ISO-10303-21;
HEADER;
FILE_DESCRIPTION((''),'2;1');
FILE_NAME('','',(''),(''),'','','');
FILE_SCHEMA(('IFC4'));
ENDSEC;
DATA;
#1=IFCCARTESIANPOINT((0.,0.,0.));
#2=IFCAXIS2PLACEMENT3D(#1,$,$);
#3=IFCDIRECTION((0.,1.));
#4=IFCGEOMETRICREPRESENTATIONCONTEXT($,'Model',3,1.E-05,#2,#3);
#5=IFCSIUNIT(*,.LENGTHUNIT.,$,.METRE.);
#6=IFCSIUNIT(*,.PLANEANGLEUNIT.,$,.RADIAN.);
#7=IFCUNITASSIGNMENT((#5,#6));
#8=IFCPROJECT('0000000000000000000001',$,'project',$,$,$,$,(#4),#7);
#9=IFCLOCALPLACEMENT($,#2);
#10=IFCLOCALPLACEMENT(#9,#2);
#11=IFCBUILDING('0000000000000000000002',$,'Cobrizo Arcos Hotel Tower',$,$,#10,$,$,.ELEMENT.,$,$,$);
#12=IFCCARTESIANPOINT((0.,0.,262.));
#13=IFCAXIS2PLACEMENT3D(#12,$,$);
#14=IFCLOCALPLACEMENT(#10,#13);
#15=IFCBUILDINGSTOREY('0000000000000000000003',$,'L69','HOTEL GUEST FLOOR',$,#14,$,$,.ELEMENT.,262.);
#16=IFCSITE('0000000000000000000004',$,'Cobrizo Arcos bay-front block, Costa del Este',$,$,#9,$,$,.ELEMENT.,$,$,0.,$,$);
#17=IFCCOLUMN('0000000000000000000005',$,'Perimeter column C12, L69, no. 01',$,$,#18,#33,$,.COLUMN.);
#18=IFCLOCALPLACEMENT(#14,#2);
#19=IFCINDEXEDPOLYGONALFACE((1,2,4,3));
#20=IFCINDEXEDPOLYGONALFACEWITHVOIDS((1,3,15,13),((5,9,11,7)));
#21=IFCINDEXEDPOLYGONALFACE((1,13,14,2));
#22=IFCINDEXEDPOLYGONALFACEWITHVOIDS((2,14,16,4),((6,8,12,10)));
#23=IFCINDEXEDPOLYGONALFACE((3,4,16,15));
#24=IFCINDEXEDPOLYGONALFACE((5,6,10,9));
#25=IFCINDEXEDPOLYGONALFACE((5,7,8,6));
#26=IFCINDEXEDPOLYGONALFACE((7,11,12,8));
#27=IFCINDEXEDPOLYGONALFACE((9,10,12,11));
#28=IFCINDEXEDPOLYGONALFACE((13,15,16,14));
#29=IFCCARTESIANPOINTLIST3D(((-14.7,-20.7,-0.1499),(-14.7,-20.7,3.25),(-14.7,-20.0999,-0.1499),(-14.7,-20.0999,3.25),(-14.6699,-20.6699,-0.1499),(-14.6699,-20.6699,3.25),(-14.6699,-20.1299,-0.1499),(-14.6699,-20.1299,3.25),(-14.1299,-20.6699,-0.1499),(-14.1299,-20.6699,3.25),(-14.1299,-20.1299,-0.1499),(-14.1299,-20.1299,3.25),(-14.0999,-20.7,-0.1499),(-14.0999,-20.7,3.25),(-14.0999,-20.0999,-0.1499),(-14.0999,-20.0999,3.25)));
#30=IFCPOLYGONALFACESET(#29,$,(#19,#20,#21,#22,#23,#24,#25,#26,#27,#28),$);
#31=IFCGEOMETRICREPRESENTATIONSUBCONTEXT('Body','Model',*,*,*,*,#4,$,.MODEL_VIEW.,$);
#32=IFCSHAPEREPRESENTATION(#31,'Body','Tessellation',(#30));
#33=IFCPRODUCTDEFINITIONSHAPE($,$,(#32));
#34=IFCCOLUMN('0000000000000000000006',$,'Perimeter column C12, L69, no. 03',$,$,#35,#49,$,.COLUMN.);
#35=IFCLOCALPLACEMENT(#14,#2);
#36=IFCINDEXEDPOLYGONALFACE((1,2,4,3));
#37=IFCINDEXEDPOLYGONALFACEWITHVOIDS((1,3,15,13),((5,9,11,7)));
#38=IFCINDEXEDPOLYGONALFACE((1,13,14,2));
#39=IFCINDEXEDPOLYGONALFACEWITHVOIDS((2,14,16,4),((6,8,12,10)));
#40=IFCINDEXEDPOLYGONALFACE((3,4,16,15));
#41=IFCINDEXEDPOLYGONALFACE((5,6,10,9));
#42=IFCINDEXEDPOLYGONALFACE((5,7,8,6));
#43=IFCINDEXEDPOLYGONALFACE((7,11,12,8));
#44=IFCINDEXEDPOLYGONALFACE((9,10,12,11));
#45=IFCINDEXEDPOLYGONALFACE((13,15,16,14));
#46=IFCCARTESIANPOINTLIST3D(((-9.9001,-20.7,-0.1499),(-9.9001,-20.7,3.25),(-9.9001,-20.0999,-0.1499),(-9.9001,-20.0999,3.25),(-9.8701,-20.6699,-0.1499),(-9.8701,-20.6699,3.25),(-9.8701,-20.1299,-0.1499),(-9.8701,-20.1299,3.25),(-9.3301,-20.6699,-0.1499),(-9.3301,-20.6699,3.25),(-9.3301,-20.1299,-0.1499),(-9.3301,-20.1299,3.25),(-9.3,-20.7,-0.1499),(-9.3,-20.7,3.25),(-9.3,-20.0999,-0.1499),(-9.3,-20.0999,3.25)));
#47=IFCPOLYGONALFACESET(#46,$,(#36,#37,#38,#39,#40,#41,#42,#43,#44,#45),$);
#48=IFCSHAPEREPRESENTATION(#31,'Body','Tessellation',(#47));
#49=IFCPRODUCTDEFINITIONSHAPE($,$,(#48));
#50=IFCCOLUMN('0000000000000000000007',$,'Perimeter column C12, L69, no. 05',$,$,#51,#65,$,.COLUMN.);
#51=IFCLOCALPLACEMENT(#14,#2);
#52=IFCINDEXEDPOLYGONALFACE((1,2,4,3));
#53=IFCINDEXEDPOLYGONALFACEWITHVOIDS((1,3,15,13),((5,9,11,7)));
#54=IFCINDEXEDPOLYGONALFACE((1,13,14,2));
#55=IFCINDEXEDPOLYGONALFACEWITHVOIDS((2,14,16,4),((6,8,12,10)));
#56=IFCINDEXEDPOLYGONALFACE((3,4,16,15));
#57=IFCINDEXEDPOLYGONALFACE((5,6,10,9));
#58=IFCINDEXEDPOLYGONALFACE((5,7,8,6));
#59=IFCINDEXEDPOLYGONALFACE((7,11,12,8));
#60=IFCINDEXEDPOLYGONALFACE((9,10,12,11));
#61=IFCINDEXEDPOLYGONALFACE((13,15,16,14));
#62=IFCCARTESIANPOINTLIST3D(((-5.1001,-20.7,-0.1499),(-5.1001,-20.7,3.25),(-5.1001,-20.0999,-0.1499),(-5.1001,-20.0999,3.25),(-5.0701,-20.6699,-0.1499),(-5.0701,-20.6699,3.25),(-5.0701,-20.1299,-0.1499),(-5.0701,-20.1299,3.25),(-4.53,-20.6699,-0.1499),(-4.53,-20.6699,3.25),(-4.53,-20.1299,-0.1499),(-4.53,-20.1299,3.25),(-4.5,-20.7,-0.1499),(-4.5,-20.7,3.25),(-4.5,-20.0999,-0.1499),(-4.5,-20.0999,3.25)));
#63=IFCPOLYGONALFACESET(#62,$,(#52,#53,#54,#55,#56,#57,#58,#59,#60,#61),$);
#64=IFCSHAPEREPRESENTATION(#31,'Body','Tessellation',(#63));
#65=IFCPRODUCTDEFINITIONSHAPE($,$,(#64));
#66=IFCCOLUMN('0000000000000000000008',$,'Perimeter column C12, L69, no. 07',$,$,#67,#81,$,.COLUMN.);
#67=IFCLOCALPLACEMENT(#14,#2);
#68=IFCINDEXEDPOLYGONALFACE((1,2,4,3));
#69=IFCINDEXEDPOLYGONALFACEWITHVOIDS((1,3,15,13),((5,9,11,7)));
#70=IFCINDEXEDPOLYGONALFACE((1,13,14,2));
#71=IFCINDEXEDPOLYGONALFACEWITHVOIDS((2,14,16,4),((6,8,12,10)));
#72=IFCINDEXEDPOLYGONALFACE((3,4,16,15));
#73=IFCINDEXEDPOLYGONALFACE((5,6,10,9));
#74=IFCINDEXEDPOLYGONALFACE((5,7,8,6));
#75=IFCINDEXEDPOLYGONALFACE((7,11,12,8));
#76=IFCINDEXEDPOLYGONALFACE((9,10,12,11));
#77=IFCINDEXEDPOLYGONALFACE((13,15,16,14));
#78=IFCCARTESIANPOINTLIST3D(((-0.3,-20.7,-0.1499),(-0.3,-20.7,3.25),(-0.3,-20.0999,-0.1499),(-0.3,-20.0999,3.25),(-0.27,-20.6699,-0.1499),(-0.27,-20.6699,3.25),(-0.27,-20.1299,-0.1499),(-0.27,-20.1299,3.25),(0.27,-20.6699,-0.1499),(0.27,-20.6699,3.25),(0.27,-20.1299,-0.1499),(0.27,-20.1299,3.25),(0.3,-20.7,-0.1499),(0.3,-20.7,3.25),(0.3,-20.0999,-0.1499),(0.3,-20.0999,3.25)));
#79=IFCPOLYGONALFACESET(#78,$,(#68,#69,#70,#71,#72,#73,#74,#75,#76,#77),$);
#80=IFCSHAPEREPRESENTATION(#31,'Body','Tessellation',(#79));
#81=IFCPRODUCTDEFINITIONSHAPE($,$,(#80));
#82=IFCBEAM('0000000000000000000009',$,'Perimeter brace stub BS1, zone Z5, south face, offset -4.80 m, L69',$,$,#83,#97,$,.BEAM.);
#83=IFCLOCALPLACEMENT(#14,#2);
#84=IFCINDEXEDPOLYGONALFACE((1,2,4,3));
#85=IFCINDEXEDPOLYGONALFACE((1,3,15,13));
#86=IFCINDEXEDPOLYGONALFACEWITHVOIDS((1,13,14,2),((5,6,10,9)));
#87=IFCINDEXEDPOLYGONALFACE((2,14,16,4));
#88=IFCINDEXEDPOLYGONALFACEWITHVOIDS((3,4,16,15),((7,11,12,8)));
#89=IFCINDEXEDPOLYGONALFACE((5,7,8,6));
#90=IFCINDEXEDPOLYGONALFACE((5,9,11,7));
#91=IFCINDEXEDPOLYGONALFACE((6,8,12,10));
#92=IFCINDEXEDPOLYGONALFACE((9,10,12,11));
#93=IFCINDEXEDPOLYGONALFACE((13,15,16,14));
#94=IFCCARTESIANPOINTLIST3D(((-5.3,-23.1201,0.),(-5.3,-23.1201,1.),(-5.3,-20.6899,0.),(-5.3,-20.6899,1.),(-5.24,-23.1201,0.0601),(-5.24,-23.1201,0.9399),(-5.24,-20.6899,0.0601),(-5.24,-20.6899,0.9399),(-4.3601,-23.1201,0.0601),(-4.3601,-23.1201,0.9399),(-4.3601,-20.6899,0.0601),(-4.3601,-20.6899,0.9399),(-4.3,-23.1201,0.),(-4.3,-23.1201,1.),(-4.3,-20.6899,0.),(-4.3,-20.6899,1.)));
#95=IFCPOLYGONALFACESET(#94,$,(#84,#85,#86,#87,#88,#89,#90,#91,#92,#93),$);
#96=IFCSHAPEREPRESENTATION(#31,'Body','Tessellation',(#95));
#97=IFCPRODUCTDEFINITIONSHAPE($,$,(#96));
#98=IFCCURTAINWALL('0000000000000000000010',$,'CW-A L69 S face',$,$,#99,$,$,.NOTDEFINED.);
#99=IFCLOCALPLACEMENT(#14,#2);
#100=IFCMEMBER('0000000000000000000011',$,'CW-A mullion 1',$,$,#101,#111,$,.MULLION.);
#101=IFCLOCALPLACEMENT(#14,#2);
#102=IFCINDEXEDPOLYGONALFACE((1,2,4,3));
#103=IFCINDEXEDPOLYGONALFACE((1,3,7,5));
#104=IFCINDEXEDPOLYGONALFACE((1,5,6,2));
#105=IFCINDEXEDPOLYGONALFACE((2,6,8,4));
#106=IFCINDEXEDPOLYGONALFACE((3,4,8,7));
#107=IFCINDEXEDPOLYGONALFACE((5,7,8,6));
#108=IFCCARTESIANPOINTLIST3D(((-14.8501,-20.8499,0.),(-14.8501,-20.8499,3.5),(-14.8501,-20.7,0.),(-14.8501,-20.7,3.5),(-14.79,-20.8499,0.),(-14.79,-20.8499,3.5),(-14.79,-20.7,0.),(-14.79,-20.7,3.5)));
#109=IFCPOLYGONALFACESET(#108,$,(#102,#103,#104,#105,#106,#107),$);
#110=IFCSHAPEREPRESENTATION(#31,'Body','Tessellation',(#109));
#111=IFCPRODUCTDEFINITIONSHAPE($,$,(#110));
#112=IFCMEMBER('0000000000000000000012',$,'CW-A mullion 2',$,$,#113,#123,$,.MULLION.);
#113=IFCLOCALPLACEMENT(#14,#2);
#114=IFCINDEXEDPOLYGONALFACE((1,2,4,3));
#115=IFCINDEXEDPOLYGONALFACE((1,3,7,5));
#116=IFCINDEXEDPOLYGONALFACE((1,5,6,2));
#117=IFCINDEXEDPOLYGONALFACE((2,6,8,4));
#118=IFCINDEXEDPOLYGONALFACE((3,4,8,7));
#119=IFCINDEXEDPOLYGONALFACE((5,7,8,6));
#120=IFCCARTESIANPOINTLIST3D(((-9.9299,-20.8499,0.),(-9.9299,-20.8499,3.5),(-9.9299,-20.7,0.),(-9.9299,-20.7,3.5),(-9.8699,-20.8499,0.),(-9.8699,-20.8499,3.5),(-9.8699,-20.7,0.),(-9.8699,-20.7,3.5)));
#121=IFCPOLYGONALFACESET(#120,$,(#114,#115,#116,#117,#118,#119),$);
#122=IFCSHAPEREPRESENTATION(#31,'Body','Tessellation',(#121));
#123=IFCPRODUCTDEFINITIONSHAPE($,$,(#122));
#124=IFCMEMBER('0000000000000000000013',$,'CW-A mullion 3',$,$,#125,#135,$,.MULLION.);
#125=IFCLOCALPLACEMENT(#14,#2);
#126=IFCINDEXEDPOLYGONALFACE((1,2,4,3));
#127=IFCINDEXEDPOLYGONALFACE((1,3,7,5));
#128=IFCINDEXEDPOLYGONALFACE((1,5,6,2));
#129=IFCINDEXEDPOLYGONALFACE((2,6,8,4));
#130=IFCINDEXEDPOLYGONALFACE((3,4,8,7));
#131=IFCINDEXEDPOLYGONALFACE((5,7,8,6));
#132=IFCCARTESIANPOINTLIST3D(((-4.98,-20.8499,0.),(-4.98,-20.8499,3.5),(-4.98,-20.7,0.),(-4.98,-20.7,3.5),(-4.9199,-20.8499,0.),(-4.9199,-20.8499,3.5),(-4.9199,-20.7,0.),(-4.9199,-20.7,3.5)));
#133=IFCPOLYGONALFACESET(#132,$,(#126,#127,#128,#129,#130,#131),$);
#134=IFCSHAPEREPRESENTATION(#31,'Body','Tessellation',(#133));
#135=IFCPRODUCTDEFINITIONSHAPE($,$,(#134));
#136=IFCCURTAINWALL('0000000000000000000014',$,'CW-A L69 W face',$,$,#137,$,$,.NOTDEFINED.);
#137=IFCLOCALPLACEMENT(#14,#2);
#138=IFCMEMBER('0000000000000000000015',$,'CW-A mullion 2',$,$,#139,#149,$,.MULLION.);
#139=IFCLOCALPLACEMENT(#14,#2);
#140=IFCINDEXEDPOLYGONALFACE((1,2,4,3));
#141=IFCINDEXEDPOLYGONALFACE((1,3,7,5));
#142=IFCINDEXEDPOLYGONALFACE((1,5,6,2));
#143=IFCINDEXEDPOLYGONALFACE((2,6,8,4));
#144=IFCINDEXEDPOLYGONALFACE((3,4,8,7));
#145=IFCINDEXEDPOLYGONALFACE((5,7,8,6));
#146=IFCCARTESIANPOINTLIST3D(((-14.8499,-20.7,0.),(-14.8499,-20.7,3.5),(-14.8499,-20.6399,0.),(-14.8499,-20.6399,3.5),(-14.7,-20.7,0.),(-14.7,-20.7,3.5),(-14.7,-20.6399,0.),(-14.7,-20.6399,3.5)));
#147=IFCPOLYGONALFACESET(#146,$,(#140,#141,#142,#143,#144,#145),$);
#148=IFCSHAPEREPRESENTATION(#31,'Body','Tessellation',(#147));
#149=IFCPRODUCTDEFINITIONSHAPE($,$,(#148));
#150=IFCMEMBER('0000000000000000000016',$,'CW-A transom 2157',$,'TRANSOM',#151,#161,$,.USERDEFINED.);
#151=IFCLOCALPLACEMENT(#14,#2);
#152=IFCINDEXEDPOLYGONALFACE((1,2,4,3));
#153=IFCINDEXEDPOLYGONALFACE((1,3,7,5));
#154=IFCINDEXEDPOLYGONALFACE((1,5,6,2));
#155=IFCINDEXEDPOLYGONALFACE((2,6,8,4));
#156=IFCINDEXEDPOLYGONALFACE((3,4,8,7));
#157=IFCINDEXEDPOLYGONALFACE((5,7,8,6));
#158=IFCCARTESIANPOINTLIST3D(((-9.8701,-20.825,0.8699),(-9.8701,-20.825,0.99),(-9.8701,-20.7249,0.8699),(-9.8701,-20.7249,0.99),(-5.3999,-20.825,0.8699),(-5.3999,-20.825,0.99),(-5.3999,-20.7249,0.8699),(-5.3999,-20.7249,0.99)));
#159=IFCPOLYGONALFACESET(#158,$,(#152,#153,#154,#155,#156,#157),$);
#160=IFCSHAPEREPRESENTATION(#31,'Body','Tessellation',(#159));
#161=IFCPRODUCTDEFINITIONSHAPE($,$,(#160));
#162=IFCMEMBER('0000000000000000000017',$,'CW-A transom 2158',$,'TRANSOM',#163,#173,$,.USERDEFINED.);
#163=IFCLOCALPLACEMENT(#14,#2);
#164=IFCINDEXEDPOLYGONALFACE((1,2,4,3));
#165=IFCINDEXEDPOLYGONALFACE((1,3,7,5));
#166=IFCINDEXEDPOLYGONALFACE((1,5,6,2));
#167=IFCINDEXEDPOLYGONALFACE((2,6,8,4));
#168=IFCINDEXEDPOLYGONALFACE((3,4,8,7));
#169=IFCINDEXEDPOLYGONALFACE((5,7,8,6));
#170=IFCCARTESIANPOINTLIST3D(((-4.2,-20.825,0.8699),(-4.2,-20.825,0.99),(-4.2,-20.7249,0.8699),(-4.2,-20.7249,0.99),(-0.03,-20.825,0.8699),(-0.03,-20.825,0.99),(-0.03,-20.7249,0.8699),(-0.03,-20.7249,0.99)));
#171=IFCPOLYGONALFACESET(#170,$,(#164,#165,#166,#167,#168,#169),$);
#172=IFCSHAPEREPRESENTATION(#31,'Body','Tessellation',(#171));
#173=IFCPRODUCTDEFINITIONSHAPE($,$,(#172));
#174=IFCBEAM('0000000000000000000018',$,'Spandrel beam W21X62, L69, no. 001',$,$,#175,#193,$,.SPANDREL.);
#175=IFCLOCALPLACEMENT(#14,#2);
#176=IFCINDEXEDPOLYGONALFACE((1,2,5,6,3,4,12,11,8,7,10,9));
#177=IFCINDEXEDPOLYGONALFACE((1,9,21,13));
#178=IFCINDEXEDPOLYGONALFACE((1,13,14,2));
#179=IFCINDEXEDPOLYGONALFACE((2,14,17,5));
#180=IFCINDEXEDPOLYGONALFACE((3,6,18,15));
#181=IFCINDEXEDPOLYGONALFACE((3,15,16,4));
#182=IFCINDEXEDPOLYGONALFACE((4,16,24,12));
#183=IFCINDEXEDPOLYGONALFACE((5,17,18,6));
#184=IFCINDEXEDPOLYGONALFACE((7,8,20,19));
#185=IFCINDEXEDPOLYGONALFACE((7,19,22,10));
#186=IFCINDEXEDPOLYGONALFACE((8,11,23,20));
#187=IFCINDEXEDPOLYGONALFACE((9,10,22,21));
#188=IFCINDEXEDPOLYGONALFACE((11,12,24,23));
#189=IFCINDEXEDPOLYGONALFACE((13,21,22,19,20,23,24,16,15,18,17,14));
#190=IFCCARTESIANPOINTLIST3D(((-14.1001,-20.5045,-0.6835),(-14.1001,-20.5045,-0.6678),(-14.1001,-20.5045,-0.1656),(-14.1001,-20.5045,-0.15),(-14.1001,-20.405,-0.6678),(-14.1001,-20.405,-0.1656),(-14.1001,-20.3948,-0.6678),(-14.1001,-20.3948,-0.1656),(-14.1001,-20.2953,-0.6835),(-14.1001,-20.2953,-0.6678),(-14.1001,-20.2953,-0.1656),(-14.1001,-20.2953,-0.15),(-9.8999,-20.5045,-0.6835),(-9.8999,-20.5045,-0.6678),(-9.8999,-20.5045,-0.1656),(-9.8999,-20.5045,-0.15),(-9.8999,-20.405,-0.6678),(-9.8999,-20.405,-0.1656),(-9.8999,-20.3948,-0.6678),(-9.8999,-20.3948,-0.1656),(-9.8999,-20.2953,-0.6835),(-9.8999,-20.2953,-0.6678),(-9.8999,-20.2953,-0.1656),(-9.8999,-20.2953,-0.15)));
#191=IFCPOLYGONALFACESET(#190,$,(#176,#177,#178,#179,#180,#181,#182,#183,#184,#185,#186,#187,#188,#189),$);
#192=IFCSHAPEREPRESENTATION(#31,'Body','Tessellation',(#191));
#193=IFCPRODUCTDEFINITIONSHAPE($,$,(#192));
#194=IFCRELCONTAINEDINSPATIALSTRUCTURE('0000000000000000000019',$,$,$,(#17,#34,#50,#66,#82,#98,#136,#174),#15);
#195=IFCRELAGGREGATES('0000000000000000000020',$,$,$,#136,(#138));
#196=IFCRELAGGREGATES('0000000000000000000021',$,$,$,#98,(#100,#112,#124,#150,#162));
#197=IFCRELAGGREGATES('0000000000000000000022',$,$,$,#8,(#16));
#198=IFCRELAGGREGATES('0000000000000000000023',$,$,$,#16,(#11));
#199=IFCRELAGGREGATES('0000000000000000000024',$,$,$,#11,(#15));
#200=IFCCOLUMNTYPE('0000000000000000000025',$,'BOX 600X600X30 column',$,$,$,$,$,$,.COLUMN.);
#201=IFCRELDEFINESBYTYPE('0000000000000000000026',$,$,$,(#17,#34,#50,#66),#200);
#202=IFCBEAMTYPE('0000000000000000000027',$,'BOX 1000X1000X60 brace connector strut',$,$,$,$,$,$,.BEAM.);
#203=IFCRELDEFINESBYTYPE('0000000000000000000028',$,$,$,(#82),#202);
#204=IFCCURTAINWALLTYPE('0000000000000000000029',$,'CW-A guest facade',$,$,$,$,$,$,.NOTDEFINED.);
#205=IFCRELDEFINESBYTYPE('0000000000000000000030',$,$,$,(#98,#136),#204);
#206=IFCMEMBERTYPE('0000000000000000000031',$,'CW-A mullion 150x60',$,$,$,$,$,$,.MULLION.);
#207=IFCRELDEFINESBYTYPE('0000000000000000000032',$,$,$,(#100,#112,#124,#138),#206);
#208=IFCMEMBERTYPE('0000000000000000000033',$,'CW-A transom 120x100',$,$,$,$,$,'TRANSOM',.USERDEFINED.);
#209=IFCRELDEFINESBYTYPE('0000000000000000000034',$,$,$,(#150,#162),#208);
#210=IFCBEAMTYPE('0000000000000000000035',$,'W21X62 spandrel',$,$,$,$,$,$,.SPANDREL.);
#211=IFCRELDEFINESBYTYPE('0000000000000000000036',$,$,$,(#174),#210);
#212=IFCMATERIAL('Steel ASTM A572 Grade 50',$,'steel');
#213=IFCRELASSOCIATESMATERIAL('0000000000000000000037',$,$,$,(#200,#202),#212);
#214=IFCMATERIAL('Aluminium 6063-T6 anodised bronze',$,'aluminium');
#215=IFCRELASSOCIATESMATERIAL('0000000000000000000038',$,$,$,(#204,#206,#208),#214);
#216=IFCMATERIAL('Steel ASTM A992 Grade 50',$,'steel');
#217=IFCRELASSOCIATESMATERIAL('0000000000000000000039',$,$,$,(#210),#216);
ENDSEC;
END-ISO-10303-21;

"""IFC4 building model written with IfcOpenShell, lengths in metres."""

from ifc_helpers import new_model, si_unit, direction, frame, origin, origin_2d, place, context, subcontext, project, spatial, rectangle, hollow_rectangle, i_section, extrude, material, material_profile, profile_set, type_object, element, aggregate, save


model = new_model("IFC4")

# Units and contexts
model_context = context("Model", 3, precision=1e-05, world=origin(), true_north=direction((0.0, 1.0)))
body_context = subcontext(model_context, "Body", "Model", "MODEL_VIEW")
ifc_project = project(units=[si_unit("LENGTHUNIT", "METRE"), si_unit("PLANEANGLEUNIT", "RADIAN")], contexts=[model_context])

# Site, building, storey
site_placement = place(None, origin())
site = spatial("IfcSite", under=ifc_project, at=site_placement, Name="Cobrizo Arcos bay-front block, Costa del Este", CompositionType="ELEMENT", RefElevation=0.0)
building_placement = place(site_placement, origin())
building = spatial("IfcBuilding", under=site, at=building_placement, Name="Cobrizo Arcos Hotel Tower", CompositionType="ELEMENT")
storey_placement = place(building_placement, frame((0.0, 0.0, 262.0)))
storey = spatial("IfcBuildingStorey", under=building, at=storey_placement, Name="L69", Description="HOTEL GUEST FLOOR", CompositionType="ELEMENT", Elevation=262.0)

# Columns
ifc_material_1 = material(Name="Steel ASTM A572 Grade 50", Category="steel")
ifc_material_profile_1 = material_profile(ifc_material_1, hollow_rectangle(XDim=0.6001, YDim=0.6001, WallThickness=0.03, at=origin_2d()), Name="BOX 600X600X30")
ifc_profile_set_1 = profile_set([ifc_material_profile_1], Name="Steel ASTM A572 Grade 50")
column_type = type_object("IfcColumnType", Name="BOX 600X600X30 column", PredefinedType="COLUMN", material=ifc_profile_set_1)
for number, where, z_axis, x_axis, name in (
    (1, (-14.3999, -20.3999, -0.1499), (0.0, 0.0, 1.0), (1.0, 0.0, 0.0), "Perimeter column C12, L69, no. 01"),
    (2, (-9.6001, -20.3999, -0.1499), (0.0, 0.0, 1.0), (1.0, 0.0, 0.0), "Perimeter column C12, L69, no. 03"),
    (3, (-4.8, -20.3999, -0.1499), (0.0, 0.0, 1.0), (1.0, 0.0, 0.0), "Perimeter column C12, L69, no. 05"),
    (4, (0.0, -20.3999, -0.1499), (0.0, 0.0, 1.0), (1.0, 0.0, 0.0), "Perimeter column C12, L69, no. 07"),
):
    element("IfcColumn", number, at=place(storey_placement, frame(where, z_axis=z_axis, x_axis=x_axis)), inside=storey, type_object=column_type, Name=name, PredefinedType="COLUMN", context=body_context, shape_type="SweptSolid", body=[
        extrude(hollow_rectangle(XDim=0.6001, YDim=0.6001, WallThickness=0.03, at=origin_2d()), origin(), (0.0, 0.0, 1.0), 3.3999),
    ])

# Beam
ifc_material_profile_2 = material_profile(ifc_material_1, hollow_rectangle(XDim=1.0, YDim=1.0, WallThickness=0.0601, at=origin_2d()), Name="BOX 1000X1000X60")
ifc_profile_set_2 = profile_set([ifc_material_profile_2], Name="Steel ASTM A572 Grade 50")
beam_type_1 = type_object("IfcBeamType", Name="BOX 1000X1000X60 brace connector strut", PredefinedType="BEAM", material=ifc_profile_set_2)
beam_1_placement = place(storey_placement, frame((-4.8, -20.6899, 0.5), z_axis=(0.0, -1.0, 0.0), x_axis=(1.0, 0.0, 0.0)))
element("IfcBeam", 5, at=beam_1_placement, inside=storey, type_object=beam_type_1, Name="Perimeter brace stub BS1, zone Z5, south face, offset -4.80 m, L69", PredefinedType="BEAM", context=body_context, shape_type="SweptSolid", body=[
    extrude(hollow_rectangle(XDim=1.0, YDim=1.0, WallThickness=0.0601, at=origin_2d()), origin(), (0.0, 0.0, 1.0), 2.4302),
])

# Curtain wall, members
ifc_material_2 = material(Name="Aluminium 6063-T6 anodised bronze", Category="aluminium")
curtain_wall_type = type_object("IfcCurtainWallType", Name="CW-A guest facade", PredefinedType="NOTDEFINED", material=ifc_material_2)
curtain_wall_1_placement = place(storey_placement, origin())
curtain_wall_1 = element("IfcCurtainWall", 6, at=curtain_wall_1_placement, inside=storey, type_object=curtain_wall_type, Name="CW-A L69 S face", PredefinedType="NOTDEFINED")
ifc_material_profile_3 = material_profile(ifc_material_2, rectangle(XDim=0.1499, YDim=0.0601, at=origin_2d()), Name="CW-A mullion 150x60")
ifc_profile_set_3 = profile_set([ifc_material_profile_3], Name="Aluminium 6063-T6 anodised bronze")
member_type_1 = type_object("IfcMemberType", Name="CW-A mullion 150x60", PredefinedType="MULLION", material=ifc_profile_set_3)
member_1_placement = place(storey_placement, frame((-14.8201, -20.7749, 0.0), z_axis=(0.0, 0.0, 1.0), x_axis=(0.0, -1.0, 0.0)))
member_1 = element("IfcMember", 7, at=member_1_placement, type_object=member_type_1, Name="CW-A mullion 1", PredefinedType="MULLION", context=body_context, shape_type="SweptSolid", body=[
    extrude(rectangle(XDim=0.1499, YDim=0.0601, at=origin_2d()), origin(), (0.0, 0.0, 1.0), 3.5),
])
member_2_placement = place(storey_placement, frame((-9.8999, -20.7749, 0.0), z_axis=(0.0, 0.0, 1.0), x_axis=(0.0, -1.0, 0.0)))
member_2 = element("IfcMember", 8, at=member_2_placement, type_object=member_type_1, Name="CW-A mullion 2", PredefinedType="MULLION", context=body_context, shape_type="SweptSolid", body=[
    extrude(rectangle(XDim=0.1499, YDim=0.0601, at=origin_2d()), origin(), (0.0, 0.0, 1.0), 3.5),
])
member_3_placement = place(storey_placement, frame((-4.95, -20.7749, 0.0), z_axis=(0.0, 0.0, 1.0), x_axis=(0.0, -1.0, 0.0)))
member_3 = element("IfcMember", 9, at=member_3_placement, type_object=member_type_1, Name="CW-A mullion 3", PredefinedType="MULLION", context=body_context, shape_type="SweptSolid", body=[
    extrude(rectangle(XDim=0.1499, YDim=0.0601, at=origin_2d()), origin(), (0.0, 0.0, 1.0), 3.5),
])

# Curtain wall, member
curtain_wall_2_placement = place(storey_placement, origin())
curtain_wall_2 = element("IfcCurtainWall", 10, at=curtain_wall_2_placement, inside=storey, type_object=curtain_wall_type, Name="CW-A L69 W face", PredefinedType="NOTDEFINED")
member_4_placement = place(storey_placement, frame((-14.7749, -20.6699, 0.0), z_axis=(0.0, 0.0, 1.0), x_axis=(-1.0, 0.0, 0.0)))
member_4 = element("IfcMember", 11, at=member_4_placement, type_object=member_type_1, Name="CW-A mullion 2", PredefinedType="MULLION", context=body_context, shape_type="SweptSolid", body=[
    extrude(rectangle(XDim=0.1499, YDim=0.0601, at=origin_2d()), origin(), (0.0, 0.0, 1.0), 3.5),
])
aggregate(curtain_wall_2, [member_4])

# Members
ifc_material_profile_4 = material_profile(ifc_material_2, rectangle(XDim=0.1001, YDim=0.1201, at=origin_2d()), Name="CW-A transom 120x100")
ifc_profile_set_4 = profile_set([ifc_material_profile_4], Name="Aluminium 6063-T6 anodised bronze")
member_type_2 = type_object("IfcMemberType", Name="CW-A transom 120x100", ElementType="TRANSOM", PredefinedType="USERDEFINED", material=ifc_profile_set_4)
member_5_placement = place(storey_placement, frame((-9.8701, -20.7749, 0.9299), z_axis=(1.0, 0.0, 0.0), x_axis=(0.0, 1.0, 0.0)))
member_5 = element("IfcMember", 12, at=member_5_placement, type_object=member_type_2, Name="CW-A transom 2157", ObjectType="TRANSOM", PredefinedType="USERDEFINED", context=body_context, shape_type="SweptSolid", body=[
    extrude(rectangle(XDim=0.1001, YDim=0.1201, at=origin_2d()), origin(), (0.0, 0.0, 1.0), 4.4702),
])
member_6_placement = place(storey_placement, frame((-4.2, -20.7749, 0.9299), z_axis=(1.0, 0.0, 0.0), x_axis=(0.0, 1.0, 0.0)))
member_6 = element("IfcMember", 13, at=member_6_placement, type_object=member_type_2, Name="CW-A transom 2158", ObjectType="TRANSOM", PredefinedType="USERDEFINED", context=body_context, shape_type="SweptSolid", body=[
    extrude(rectangle(XDim=0.1001, YDim=0.1201, at=origin_2d()), origin(), (0.0, 0.0, 1.0), 4.1699),
])

# Beam
ifc_material_3 = material(Name="Steel ASTM A992 Grade 50", Category="steel")
ifc_material_profile_5 = material_profile(ifc_material_3, i_section(OverallWidth=0.2092, OverallDepth=0.5334, WebThickness=0.0103, FlangeThickness=0.0156, at=origin_2d()), Name="W21X62")
ifc_profile_set_5 = profile_set([ifc_material_profile_5], Name="Steel ASTM A992 Grade 50")
beam_type_2 = type_object("IfcBeamType", Name="W21X62 spandrel", PredefinedType="SPANDREL", material=ifc_profile_set_5)
beam_2_placement = place(storey_placement, frame((-14.1001, -20.3999, -0.4167), z_axis=(1.0, 0.0, 0.0), x_axis=(0.0, 1.0, 0.0)))
element("IfcBeam", 14, at=beam_2_placement, inside=storey, type_object=beam_type_2, Name="Spandrel beam W21X62, L69, no. 001", PredefinedType="SPANDREL", context=body_context, shape_type="SweptSolid", body=[
    extrude(i_section(OverallWidth=0.2092, OverallDepth=0.5334, WebThickness=0.0103, FlangeThickness=0.0156, at=origin_2d()), origin(), (0.0, 0.0, 1.0), 4.2002),
])

aggregate(curtain_wall_1, [member_1, member_2, member_3, member_5, member_6])

save(model, "model.ifc")
